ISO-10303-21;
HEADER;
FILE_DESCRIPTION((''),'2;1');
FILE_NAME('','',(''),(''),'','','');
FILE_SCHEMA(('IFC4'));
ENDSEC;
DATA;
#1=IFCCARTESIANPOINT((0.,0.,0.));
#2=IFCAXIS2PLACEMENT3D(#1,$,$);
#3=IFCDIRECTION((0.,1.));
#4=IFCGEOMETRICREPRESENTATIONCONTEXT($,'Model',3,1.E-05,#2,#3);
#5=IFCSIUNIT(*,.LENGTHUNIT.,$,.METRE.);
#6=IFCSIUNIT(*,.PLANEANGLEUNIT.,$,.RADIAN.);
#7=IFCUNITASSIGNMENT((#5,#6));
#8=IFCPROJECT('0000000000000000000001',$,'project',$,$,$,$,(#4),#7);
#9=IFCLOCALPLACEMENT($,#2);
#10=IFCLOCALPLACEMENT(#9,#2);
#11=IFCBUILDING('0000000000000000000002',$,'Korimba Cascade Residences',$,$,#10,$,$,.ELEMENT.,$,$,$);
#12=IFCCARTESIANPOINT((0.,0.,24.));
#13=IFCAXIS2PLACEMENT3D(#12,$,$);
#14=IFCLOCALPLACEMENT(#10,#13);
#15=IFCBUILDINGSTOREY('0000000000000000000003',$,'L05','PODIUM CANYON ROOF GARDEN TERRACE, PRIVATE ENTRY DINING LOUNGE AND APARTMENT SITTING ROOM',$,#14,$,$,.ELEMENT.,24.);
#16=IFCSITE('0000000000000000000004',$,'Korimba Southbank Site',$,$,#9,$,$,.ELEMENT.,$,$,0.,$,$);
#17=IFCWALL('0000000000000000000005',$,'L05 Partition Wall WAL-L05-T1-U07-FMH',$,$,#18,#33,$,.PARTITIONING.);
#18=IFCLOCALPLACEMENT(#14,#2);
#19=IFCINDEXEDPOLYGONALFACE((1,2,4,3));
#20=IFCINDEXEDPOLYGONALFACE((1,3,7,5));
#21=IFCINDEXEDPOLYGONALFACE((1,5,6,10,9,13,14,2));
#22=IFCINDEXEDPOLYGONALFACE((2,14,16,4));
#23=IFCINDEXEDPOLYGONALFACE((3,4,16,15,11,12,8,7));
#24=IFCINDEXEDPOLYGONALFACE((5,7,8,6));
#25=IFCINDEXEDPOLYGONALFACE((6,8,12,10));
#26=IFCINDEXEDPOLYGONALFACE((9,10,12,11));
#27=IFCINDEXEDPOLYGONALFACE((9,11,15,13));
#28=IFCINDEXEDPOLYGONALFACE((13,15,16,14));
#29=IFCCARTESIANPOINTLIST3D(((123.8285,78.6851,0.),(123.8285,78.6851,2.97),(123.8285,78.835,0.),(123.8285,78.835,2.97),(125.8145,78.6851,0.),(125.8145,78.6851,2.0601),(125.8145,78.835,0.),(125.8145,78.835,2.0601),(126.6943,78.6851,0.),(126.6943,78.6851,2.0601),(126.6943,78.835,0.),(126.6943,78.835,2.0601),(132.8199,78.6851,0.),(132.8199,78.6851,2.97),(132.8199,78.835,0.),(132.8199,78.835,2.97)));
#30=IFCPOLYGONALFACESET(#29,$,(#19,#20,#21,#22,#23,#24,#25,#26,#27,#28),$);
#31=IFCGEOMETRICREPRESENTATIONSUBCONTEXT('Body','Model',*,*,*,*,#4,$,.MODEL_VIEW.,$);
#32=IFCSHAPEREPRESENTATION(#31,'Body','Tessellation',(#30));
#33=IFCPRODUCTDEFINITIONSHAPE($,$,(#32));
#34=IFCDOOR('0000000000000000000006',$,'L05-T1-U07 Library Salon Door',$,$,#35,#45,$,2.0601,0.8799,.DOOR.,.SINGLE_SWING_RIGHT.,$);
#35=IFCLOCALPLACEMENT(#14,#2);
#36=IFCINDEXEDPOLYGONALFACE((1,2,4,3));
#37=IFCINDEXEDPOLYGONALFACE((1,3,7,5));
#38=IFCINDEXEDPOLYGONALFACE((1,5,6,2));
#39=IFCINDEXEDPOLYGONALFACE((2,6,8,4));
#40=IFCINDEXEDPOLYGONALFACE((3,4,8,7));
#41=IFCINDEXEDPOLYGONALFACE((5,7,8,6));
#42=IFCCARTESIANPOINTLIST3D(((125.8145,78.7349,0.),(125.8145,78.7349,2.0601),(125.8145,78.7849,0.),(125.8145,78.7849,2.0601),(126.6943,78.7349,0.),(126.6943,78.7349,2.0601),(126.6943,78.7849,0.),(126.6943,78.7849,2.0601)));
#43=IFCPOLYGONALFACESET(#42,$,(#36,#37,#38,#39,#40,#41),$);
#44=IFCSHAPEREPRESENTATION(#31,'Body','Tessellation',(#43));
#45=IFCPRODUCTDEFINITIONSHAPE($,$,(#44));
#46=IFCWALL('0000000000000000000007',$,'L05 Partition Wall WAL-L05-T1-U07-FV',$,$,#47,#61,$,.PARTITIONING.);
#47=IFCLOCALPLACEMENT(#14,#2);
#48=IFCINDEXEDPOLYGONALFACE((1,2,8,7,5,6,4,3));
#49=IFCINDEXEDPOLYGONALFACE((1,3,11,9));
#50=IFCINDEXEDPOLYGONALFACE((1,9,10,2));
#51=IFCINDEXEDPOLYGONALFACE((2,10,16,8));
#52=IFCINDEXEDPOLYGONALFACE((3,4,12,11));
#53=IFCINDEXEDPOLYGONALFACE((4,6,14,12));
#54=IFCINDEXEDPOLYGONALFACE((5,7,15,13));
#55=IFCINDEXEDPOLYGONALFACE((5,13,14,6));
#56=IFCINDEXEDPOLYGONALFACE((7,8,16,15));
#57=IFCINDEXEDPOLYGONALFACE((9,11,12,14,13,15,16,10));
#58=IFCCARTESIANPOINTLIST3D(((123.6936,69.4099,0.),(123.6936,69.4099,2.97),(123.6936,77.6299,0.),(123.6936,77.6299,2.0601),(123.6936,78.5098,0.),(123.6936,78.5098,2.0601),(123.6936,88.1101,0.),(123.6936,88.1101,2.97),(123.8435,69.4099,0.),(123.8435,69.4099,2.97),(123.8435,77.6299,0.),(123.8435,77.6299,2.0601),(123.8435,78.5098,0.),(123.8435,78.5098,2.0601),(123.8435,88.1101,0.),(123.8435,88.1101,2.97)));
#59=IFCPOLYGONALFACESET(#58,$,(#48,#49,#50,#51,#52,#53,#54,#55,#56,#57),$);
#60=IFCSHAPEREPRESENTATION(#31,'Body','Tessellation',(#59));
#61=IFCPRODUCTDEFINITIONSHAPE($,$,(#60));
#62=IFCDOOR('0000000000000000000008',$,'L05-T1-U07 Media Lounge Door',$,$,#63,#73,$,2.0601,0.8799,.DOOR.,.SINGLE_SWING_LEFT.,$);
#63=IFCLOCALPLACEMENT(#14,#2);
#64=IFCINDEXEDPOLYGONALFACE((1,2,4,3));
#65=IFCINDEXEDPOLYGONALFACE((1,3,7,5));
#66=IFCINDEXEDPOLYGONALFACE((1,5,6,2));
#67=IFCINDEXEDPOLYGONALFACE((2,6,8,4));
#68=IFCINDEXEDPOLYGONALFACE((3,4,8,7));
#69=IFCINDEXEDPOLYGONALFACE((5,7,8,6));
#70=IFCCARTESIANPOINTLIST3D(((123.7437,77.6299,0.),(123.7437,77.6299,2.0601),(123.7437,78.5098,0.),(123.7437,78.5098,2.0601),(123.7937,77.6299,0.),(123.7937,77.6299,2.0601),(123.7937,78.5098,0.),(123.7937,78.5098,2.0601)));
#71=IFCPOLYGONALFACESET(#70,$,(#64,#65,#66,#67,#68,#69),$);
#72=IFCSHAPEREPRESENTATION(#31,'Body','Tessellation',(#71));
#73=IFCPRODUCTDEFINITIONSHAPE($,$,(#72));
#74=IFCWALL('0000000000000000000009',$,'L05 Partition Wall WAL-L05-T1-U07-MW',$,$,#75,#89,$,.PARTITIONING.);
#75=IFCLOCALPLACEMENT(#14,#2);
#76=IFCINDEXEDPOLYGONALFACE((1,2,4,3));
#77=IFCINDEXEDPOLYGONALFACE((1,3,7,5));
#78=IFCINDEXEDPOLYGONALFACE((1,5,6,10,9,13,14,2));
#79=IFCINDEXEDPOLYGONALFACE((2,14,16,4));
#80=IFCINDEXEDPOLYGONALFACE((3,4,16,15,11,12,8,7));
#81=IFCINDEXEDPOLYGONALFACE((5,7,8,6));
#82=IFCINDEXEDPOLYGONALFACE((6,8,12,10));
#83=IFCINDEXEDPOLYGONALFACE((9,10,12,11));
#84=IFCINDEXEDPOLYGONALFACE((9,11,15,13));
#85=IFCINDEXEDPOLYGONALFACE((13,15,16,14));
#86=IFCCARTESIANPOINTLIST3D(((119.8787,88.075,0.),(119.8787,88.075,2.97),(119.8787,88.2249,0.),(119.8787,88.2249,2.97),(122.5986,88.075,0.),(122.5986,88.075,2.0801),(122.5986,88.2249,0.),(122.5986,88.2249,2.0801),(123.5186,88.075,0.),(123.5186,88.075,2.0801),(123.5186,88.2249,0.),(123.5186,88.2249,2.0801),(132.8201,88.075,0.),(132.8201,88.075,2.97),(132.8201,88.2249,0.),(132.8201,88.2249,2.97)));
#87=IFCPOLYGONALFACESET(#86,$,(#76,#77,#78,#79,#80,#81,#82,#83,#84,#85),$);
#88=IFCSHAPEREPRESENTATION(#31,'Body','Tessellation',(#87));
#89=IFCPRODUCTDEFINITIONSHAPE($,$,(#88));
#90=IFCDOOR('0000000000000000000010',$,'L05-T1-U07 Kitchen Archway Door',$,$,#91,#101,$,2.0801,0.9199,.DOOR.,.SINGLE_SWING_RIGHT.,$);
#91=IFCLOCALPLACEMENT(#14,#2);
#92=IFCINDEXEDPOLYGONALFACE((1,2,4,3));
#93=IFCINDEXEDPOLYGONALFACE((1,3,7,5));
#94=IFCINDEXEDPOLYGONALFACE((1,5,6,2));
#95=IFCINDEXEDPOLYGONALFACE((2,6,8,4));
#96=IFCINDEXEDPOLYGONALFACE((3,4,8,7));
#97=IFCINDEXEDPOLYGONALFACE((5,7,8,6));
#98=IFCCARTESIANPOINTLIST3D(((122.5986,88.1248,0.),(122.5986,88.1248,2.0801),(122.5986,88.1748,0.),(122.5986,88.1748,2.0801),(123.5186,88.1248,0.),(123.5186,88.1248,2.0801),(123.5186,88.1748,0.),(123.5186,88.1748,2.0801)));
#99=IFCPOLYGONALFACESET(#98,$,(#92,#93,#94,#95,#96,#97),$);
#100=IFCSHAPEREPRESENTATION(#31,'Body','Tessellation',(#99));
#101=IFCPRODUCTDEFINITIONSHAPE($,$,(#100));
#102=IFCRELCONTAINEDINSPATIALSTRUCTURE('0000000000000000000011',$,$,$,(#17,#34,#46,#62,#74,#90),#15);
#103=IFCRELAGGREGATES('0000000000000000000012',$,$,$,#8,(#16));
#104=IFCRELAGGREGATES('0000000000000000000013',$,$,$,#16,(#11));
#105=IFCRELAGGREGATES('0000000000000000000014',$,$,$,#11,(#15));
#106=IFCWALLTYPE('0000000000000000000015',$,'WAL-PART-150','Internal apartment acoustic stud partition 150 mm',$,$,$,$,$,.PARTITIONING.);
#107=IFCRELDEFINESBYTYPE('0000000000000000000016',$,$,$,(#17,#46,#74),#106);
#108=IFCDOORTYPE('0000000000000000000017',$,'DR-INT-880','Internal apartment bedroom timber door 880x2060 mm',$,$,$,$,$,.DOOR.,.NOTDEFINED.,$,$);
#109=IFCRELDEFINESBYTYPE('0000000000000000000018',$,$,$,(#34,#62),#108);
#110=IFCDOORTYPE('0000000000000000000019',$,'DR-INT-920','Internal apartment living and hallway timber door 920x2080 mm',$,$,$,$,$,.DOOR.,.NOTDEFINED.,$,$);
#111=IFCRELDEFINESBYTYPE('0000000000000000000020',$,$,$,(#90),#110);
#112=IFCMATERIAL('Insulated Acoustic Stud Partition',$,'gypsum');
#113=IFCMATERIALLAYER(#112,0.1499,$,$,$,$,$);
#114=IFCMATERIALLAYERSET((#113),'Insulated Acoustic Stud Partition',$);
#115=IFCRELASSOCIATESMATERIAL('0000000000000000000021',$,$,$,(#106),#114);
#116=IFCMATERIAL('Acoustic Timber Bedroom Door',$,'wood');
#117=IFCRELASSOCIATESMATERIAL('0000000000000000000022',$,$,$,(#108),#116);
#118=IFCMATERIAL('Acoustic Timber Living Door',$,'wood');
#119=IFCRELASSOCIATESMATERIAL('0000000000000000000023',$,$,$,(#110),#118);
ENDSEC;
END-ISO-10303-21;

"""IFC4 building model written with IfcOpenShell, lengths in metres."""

from ifc_helpers import new_model, si_unit, direction, frame, frame_2d, origin, place, context, subcontext, project, spatial, rectangle, extrude, material, layer, layer_set, type_object, element, fill, save


model = new_model("IFC4")

# Units and contexts
model_context = context("Model", 3, precision=1e-05, world=origin(), true_north=direction((0.0, 1.0)))
body_context = subcontext(model_context, "Body", "Model", "MODEL_VIEW")
ifc_project = project(units=[si_unit("LENGTHUNIT", "METRE"), si_unit("PLANEANGLEUNIT", "RADIAN")], contexts=[model_context])

# Site, building, storey
site_placement = place(None, origin())
site = spatial("IfcSite", under=ifc_project, at=site_placement, Name="Korimba Southbank Site", CompositionType="ELEMENT", RefElevation=0.0)
building_placement = place(site_placement, origin())
building = spatial("IfcBuilding", under=site, at=building_placement, Name="Korimba Cascade Residences", CompositionType="ELEMENT")
storey_placement = place(building_placement, frame((0.0, 0.0, 24.0)))
storey = spatial("IfcBuildingStorey", under=building, at=storey_placement, Name="L05", Description="PODIUM CANYON ROOF GARDEN TERRACE, PRIVATE ENTRY DINING LOUNGE AND APARTMENT SITTING ROOM", CompositionType="ELEMENT", Elevation=24.0)

# Shared definitions
ifc_material_1 = material(Name="Insulated Acoustic Stud Partition", Category="gypsum")
ifc_layer_1 = layer(ifc_material_1, 0.1499)
ifc_layer_set_1 = layer_set([ifc_layer_1], Name="Insulated Acoustic Stud Partition")
wall_type_1 = type_object("IfcWallType", Name="WAL-PART-150", Description="Internal apartment acoustic stud partition 150 mm", PredefinedType="PARTITIONING", material=ifc_layer_set_1)
ifc_material_2 = material(Name="Acoustic Timber Bedroom Door", Category="wood")
door_type_1 = type_object("IfcDoorType", Name="DR-INT-880", Description="Internal apartment bedroom timber door 880x2060 mm", OperationType="NOTDEFINED", PredefinedType="DOOR", material=ifc_material_2)

# Walls, openings, doors
wall_1_placement = place(storey_placement, frame((123.8286, 78.76, 0.0), z_axis=(0.0, 0.0, 1.0), x_axis=(1.0, 0.0, 0.0)))
wall_1 = element("IfcWall", 1, at=wall_1_placement, inside=storey, type_object=wall_type_1, Name="L05 Partition Wall WAL-L05-T1-U07-FMH", PredefinedType="PARTITIONING", context=body_context, shape_type="SweptSolid", body=[
    extrude(rectangle(XDim=8.9915, YDim=0.1499, at=frame_2d((4.4956, 0.0))), origin(), (0.0, 0.0, 1.0), 2.97),
])
opening_1_placement = place(wall_1_placement, frame((1.9858, 0.0, 0.0)))
opening_1 = element("IfcOpeningElement", 2, at=opening_1_placement, cuts=wall_1, PredefinedType="OPENING", context=body_context, shape_type="SweptSolid", body=[
    extrude(rectangle(XDim=0.8799, YDim=2.0601, at=frame_2d((0.4399, 1.03))), frame((0.0, 0.085, 0.0), z_axis=(0.0, -1.0, 0.0), x_axis=(1.0, 0.0, 0.0)), (0.0, 0.0, 1.0), 0.1699),
])
door_1_placement = place(opening_1_placement, origin())
door_1 = element("IfcDoor", 3, at=door_1_placement, inside=storey, type_object=door_type_1, Name="L05-T1-U07 Library Salon Door", OperationType="SINGLE_SWING_RIGHT", OverallHeight=2.0601, OverallWidth=0.8799, PredefinedType="DOOR", context=body_context, shape_type="SweptSolid", body=[
    extrude(rectangle(XDim=0.8799, YDim=2.0601, at=frame_2d((0.4399, 1.03))), frame((0.0, 0.0249, 0.0), z_axis=(0.0, -1.0, 0.0), x_axis=(1.0, 0.0, 0.0)), (0.0, 0.0, 1.0), 0.05),
])
fill(opening_1, door_1)
wall_2_placement = place(storey_placement, frame((123.7686, 69.4099, 0.0), z_axis=(0.0, 0.0, 1.0), x_axis=(0.0, 1.0, 0.0)))
wall_2 = element("IfcWall", 4, at=wall_2_placement, inside=storey, type_object=wall_type_1, Name="L05 Partition Wall WAL-L05-T1-U07-FV", PredefinedType="PARTITIONING", context=body_context, shape_type="SweptSolid", body=[
    extrude(rectangle(XDim=18.7002, YDim=0.1499, at=frame_2d((9.3501, 0.0))), origin(), (0.0, 0.0, 1.0), 2.97),
])
opening_2_placement = place(wall_2_placement, frame((8.22, 0.0, 0.0)))
opening_2 = element("IfcOpeningElement", 5, at=opening_2_placement, cuts=wall_2, PredefinedType="OPENING", context=body_context, shape_type="SweptSolid", body=[
    extrude(rectangle(XDim=0.8799, YDim=2.0601, at=frame_2d((0.4399, 1.03))), frame((0.0, 0.085, 0.0), z_axis=(0.0, -1.0, 0.0), x_axis=(1.0, 0.0, 0.0)), (0.0, 0.0, 1.0), 0.1699),
])
door_2_placement = place(opening_2_placement, origin())
door_2 = element("IfcDoor", 6, at=door_2_placement, inside=storey, type_object=door_type_1, Name="L05-T1-U07 Media Lounge Door", OperationType="SINGLE_SWING_LEFT", OverallHeight=2.0601, OverallWidth=0.8799, PredefinedType="DOOR", context=body_context, shape_type="SweptSolid", body=[
    extrude(rectangle(XDim=0.8799, YDim=2.0601, at=frame_2d((0.4399, 1.03))), frame((0.0, 0.0249, 0.0), z_axis=(0.0, -1.0, 0.0), x_axis=(1.0, 0.0, 0.0)), (0.0, 0.0, 1.0), 0.05),
])
fill(opening_2, door_2)
wall_3_placement = place(storey_placement, frame((119.8787, 88.1499, 0.0), z_axis=(0.0, 0.0, 1.0), x_axis=(1.0, 0.0, 0.0)))
wall_3 = element("IfcWall", 7, at=wall_3_placement, inside=storey, type_object=wall_type_1, Name="L05 Partition Wall WAL-L05-T1-U07-MW", PredefinedType="PARTITIONING", context=body_context, shape_type="SweptSolid", body=[
    extrude(rectangle(XDim=12.9414, YDim=0.1499, at=frame_2d((6.4707, 0.0))), origin(), (0.0, 0.0, 1.0), 2.97),
])
opening_3_placement = place(wall_3_placement, frame((2.72, 0.0, 0.0)))
opening_3 = element("IfcOpeningElement", 8, at=opening_3_placement, cuts=wall_3, PredefinedType="OPENING", context=body_context, shape_type="SweptSolid", body=[
    extrude(rectangle(XDim=0.9199, YDim=2.0801, at=frame_2d((0.46, 1.04))), frame((0.0, 0.085, 0.0), z_axis=(0.0, -1.0, 0.0), x_axis=(1.0, 0.0, 0.0)), (0.0, 0.0, 1.0), 0.1699),
])
ifc_material_3 = material(Name="Acoustic Timber Living Door", Category="wood")
door_type_2 = type_object("IfcDoorType", Name="DR-INT-920", Description="Internal apartment living and hallway timber door 920x2080 mm", OperationType="NOTDEFINED", PredefinedType="DOOR", material=ifc_material_3)
door_3_placement = place(opening_3_placement, origin())
door_3 = element("IfcDoor", 9, at=door_3_placement, inside=storey, type_object=door_type_2, Name="L05-T1-U07 Kitchen Archway Door", OperationType="SINGLE_SWING_RIGHT", OverallHeight=2.0801, OverallWidth=0.9199, PredefinedType="DOOR", context=body_context, shape_type="SweptSolid", body=[
    extrude(rectangle(XDim=0.9199, YDim=2.0801, at=frame_2d((0.46, 1.04))), frame((0.0, 0.0249, 0.0), z_axis=(0.0, -1.0, 0.0), x_axis=(1.0, 0.0, 0.0)), (0.0, 0.0, 1.0), 0.05),
])
fill(opening_3, door_3)

save(model, "model.ifc")
